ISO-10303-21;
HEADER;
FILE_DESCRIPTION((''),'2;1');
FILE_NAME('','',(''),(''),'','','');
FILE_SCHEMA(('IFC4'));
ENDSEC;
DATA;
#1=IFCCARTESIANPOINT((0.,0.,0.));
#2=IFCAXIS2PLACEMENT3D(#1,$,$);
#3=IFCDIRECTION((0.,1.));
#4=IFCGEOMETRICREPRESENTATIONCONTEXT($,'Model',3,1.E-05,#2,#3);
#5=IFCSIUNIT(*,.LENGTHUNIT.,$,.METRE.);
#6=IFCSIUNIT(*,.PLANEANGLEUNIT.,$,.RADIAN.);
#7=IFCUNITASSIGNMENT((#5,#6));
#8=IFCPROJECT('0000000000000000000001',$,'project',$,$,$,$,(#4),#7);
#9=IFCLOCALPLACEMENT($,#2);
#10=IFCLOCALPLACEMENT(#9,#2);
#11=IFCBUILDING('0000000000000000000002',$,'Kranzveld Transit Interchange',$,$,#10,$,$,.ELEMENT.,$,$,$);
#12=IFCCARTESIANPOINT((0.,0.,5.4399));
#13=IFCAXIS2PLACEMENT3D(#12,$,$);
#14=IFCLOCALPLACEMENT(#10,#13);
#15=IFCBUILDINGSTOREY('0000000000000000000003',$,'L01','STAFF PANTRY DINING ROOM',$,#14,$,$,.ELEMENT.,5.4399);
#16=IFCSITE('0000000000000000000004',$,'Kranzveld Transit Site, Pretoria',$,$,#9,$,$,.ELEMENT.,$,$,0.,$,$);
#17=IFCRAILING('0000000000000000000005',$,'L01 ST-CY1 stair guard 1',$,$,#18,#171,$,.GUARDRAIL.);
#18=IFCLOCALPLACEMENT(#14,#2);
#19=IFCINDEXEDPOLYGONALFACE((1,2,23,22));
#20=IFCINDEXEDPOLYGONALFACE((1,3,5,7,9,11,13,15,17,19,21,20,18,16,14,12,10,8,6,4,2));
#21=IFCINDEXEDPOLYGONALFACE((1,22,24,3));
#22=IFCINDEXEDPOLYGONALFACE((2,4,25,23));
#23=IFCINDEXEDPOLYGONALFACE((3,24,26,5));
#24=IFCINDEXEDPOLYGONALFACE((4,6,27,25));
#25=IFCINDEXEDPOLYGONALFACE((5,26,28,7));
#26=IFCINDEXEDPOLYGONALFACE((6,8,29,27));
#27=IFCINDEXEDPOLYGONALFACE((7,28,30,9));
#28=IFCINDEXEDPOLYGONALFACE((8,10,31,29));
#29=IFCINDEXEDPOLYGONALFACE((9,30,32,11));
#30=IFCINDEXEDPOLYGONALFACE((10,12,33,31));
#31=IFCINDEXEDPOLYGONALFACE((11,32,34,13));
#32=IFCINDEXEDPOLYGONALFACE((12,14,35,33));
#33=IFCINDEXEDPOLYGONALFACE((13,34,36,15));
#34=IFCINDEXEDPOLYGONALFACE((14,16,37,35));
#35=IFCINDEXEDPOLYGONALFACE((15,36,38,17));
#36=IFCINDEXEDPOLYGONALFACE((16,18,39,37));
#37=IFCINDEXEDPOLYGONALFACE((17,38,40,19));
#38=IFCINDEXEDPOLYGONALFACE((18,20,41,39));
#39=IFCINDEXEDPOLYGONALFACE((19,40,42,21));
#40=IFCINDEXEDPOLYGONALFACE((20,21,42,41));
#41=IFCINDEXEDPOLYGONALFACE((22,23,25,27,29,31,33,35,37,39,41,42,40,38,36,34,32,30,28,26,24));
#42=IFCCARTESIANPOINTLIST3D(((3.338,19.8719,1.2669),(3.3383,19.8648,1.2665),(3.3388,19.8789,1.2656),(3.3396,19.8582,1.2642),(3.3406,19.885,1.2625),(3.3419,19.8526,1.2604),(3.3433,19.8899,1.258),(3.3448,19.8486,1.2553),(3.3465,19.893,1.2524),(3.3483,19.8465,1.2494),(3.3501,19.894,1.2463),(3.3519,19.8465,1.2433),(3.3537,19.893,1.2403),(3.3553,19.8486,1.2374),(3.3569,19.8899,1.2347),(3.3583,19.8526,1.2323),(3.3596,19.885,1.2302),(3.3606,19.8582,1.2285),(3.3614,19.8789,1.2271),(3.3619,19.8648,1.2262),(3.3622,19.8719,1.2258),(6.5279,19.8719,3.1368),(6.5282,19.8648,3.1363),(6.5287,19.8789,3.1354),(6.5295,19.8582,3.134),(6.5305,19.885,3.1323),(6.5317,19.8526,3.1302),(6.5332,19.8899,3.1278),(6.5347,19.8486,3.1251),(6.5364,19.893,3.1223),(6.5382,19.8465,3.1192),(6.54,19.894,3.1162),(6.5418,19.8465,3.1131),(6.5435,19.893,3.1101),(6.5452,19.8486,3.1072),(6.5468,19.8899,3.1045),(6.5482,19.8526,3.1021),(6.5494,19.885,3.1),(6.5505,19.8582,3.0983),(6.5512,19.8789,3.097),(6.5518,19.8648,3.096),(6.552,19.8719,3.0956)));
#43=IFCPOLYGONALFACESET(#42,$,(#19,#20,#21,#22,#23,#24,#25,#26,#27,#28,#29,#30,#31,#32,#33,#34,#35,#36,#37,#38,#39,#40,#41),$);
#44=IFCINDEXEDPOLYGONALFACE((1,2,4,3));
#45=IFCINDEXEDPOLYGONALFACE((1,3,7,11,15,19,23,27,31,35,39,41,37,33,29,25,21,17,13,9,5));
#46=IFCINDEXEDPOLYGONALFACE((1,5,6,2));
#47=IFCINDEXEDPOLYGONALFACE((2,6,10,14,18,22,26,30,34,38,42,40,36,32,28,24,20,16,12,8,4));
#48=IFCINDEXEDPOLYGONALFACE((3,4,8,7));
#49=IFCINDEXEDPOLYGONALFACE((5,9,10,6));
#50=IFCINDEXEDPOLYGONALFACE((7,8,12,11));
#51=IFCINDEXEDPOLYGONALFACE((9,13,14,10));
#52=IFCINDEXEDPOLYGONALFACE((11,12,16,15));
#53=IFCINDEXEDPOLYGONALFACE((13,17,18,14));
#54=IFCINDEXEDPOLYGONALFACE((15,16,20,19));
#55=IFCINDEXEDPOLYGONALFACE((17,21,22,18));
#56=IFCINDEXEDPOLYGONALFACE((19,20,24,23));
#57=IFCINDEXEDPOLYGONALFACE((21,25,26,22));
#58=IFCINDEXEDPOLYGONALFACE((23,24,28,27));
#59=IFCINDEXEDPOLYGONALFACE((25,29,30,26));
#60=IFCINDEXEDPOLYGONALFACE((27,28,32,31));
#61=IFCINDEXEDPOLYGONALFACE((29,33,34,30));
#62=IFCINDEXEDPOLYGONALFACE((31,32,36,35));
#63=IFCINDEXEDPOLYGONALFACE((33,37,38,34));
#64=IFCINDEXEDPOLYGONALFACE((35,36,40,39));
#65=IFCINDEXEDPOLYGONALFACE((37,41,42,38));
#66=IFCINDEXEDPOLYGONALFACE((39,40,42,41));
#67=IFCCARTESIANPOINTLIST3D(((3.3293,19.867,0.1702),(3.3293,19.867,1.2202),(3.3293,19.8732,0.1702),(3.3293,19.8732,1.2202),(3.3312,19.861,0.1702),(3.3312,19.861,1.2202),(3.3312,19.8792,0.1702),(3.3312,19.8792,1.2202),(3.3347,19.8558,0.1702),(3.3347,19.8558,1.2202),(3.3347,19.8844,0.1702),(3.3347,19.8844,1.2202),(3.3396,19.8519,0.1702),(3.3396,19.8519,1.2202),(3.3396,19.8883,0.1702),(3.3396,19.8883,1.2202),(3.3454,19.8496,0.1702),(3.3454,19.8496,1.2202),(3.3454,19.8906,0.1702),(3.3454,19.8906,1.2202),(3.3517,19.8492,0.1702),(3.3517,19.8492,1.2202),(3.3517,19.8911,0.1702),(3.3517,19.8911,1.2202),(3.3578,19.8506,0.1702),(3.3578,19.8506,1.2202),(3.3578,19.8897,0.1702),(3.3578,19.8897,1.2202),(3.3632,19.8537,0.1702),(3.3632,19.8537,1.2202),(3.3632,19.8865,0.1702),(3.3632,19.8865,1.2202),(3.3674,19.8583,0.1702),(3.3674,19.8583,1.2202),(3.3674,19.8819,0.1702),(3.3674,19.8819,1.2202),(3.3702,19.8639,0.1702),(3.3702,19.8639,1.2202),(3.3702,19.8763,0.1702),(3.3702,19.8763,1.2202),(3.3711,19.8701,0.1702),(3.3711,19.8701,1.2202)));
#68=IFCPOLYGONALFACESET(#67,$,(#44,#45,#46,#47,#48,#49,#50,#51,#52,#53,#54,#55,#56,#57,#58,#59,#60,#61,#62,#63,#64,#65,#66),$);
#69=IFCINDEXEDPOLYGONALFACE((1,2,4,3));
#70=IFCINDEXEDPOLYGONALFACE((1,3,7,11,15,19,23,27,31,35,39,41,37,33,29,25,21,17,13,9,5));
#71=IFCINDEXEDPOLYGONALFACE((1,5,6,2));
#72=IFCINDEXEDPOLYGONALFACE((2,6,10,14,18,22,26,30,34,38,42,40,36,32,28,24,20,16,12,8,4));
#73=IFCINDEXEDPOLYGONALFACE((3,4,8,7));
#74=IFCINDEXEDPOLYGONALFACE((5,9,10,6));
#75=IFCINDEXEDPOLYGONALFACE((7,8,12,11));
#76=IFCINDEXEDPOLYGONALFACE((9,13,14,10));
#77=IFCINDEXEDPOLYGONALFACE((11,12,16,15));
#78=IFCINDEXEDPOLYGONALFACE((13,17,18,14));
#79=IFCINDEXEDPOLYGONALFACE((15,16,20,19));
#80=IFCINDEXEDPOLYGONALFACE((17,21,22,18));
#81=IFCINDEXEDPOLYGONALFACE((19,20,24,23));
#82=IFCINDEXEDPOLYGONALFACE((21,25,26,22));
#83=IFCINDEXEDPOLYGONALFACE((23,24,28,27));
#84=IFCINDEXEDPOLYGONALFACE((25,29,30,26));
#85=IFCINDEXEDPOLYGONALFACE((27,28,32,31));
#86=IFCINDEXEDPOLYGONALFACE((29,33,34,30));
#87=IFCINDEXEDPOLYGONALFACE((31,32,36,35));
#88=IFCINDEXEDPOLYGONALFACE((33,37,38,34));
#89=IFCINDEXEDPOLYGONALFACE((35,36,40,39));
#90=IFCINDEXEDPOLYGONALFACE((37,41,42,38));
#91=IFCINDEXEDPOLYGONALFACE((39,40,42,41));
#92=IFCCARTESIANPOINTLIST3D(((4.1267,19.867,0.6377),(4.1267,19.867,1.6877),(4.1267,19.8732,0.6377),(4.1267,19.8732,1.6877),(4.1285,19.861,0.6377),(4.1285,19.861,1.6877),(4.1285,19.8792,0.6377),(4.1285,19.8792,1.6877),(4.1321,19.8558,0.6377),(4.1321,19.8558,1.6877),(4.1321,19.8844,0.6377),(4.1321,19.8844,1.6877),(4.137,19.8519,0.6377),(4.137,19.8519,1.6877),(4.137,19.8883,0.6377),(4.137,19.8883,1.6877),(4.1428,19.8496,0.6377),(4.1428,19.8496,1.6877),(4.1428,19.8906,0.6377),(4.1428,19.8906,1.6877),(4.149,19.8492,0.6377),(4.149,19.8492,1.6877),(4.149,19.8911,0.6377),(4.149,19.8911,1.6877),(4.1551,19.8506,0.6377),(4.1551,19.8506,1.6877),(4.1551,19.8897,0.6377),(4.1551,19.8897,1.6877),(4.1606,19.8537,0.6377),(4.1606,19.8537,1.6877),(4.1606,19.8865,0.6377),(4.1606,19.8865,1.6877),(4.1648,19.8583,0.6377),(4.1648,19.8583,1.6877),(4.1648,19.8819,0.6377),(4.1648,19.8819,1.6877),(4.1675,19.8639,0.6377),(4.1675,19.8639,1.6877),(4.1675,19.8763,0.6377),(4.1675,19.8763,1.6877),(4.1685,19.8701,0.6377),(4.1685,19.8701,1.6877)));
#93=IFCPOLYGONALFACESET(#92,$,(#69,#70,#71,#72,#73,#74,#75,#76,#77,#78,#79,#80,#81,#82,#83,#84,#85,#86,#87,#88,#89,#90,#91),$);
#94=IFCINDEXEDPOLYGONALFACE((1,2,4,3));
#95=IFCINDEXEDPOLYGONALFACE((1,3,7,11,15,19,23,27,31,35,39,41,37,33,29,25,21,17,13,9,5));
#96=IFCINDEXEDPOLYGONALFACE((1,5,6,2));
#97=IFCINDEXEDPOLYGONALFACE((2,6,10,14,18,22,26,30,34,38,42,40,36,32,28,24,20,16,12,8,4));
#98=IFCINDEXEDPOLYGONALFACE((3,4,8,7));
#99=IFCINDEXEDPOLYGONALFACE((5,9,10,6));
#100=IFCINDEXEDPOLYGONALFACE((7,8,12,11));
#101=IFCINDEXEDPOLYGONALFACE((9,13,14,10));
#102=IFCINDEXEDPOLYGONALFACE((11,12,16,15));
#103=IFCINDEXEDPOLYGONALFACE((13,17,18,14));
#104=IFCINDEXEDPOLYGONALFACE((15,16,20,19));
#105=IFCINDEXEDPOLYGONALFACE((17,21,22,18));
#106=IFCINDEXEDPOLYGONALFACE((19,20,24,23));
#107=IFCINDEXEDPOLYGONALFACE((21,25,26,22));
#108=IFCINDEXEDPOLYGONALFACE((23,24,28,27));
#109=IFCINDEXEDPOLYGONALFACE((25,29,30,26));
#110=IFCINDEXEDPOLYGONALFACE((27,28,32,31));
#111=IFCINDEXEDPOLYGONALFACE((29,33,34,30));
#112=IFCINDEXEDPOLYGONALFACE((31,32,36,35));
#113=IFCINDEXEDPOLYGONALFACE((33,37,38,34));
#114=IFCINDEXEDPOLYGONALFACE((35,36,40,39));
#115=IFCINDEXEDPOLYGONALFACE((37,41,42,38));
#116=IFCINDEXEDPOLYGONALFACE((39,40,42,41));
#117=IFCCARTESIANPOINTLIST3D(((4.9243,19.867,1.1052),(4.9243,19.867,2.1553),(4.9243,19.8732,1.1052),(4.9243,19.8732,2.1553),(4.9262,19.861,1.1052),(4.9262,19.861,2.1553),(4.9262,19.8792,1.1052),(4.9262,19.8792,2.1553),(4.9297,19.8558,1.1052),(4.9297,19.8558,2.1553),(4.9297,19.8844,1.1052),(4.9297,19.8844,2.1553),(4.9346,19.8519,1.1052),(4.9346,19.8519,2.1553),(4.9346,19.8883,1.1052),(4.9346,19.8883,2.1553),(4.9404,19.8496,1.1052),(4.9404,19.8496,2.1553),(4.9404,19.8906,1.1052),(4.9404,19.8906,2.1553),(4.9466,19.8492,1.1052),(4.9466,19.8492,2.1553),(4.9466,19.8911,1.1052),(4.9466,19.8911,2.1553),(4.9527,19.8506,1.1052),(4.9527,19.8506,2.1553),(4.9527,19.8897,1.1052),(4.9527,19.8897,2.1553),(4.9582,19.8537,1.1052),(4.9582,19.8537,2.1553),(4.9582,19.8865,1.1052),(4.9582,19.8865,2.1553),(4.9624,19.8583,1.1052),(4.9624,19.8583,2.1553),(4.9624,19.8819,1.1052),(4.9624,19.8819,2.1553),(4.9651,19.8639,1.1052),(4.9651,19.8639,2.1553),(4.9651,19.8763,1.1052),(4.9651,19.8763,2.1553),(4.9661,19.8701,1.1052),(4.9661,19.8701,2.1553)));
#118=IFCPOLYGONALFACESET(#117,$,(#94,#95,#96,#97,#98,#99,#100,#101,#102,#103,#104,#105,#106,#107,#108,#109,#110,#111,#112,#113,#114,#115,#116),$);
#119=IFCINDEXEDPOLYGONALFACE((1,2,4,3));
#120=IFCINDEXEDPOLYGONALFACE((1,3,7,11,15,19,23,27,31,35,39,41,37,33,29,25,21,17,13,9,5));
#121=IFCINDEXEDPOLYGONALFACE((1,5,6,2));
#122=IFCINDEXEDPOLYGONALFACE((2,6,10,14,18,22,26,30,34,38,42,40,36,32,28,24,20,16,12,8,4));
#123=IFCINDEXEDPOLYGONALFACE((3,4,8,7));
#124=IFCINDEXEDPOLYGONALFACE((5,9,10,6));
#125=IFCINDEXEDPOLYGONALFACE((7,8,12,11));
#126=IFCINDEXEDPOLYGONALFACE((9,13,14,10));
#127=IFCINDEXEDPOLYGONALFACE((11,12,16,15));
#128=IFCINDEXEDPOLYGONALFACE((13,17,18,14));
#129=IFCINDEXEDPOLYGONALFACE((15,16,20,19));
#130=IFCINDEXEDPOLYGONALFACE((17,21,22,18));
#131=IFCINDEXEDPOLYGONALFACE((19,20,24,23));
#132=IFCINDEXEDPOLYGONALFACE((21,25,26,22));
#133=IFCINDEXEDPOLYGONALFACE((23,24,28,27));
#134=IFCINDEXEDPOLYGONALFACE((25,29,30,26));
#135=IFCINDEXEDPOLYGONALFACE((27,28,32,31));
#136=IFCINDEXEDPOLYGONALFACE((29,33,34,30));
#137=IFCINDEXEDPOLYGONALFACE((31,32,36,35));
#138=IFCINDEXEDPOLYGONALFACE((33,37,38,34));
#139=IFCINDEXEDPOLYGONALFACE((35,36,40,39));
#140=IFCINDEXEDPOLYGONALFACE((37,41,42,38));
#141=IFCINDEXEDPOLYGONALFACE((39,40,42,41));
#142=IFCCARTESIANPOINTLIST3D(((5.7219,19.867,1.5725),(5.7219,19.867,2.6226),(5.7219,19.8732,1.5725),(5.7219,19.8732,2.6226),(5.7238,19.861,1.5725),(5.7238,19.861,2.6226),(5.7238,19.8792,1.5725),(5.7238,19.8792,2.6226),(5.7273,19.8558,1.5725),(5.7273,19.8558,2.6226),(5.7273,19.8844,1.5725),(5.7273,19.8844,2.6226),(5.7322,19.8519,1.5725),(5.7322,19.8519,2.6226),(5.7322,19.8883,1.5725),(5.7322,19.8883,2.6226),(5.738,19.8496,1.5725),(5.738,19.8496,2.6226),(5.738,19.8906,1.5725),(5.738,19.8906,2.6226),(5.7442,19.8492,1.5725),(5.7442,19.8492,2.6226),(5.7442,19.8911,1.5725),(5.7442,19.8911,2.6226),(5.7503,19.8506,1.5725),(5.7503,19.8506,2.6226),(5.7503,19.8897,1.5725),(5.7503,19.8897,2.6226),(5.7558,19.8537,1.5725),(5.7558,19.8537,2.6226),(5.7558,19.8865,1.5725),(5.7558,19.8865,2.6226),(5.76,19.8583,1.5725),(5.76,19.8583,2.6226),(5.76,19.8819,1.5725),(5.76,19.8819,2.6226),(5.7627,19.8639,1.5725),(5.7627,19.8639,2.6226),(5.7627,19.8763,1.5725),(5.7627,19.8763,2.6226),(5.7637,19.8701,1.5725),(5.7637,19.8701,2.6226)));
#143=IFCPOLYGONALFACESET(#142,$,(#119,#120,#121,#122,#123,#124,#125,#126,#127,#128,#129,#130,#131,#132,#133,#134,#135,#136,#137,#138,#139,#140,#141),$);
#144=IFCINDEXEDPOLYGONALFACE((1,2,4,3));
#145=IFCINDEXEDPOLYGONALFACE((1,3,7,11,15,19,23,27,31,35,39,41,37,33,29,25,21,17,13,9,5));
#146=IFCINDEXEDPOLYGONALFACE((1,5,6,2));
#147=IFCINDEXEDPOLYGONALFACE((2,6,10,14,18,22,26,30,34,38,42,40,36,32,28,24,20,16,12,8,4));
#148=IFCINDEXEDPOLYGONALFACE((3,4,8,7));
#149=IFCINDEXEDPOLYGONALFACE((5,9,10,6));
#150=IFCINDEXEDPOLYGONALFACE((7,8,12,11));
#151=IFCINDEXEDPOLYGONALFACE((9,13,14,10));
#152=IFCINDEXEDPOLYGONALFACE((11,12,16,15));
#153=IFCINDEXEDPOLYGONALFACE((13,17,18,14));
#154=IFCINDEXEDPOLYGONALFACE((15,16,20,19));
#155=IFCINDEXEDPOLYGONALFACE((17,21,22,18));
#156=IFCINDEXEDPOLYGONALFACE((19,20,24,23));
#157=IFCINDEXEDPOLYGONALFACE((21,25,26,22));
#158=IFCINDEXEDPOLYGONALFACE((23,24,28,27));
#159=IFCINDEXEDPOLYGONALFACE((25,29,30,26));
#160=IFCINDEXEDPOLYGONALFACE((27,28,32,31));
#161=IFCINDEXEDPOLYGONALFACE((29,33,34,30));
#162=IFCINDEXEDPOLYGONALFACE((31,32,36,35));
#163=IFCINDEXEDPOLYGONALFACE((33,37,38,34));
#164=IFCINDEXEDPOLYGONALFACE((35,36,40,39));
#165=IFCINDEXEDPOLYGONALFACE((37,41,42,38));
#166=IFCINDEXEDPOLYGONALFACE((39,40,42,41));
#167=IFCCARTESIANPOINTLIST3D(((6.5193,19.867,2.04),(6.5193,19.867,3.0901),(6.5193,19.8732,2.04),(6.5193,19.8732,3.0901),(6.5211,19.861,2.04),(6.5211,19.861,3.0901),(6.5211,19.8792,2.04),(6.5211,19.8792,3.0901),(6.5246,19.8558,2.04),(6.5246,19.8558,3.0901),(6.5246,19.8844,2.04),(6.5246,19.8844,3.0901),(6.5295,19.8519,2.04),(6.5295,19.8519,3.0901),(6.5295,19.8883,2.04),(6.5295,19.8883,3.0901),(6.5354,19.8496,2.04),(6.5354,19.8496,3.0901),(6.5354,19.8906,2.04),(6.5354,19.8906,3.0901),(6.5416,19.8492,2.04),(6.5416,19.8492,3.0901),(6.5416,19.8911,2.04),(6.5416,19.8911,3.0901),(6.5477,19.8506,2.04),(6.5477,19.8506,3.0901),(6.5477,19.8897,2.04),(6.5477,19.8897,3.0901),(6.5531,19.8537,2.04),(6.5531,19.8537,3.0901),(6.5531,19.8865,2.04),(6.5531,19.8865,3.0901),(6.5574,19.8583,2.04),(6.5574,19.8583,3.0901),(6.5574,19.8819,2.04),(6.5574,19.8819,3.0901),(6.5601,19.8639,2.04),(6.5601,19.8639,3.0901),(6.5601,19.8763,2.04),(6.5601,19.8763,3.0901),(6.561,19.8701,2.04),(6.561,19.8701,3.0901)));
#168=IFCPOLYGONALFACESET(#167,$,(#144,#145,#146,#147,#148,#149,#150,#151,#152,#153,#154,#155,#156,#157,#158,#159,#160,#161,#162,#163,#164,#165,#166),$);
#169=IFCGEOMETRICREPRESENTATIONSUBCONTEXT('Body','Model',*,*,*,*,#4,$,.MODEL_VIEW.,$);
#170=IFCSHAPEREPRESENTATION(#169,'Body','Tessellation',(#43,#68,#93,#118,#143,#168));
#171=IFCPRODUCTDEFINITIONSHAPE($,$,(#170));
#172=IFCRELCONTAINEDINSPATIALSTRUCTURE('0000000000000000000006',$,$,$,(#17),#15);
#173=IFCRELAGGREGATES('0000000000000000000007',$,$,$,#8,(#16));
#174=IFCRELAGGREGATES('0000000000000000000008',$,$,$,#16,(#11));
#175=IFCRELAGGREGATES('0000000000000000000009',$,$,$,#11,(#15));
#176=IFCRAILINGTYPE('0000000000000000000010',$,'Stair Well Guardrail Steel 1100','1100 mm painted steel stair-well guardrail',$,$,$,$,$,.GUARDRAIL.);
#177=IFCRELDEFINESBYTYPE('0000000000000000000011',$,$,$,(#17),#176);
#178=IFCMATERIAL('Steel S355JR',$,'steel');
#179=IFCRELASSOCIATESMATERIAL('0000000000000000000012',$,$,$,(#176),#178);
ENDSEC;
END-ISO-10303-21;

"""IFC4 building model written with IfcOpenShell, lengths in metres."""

from ifc_helpers import new_model, si_unit, direction, frame, origin, origin_2d, place, context, subcontext, project, spatial, circle, extrude, material, type_object, element, save


model = new_model("IFC4")

# Units and contexts
model_context = context("Model", 3, precision=1e-05, world=origin(), true_north=direction((0.0, 1.0)))
body_context = subcontext(model_context, "Body", "Model", "MODEL_VIEW")
ifc_project = project(units=[si_unit("LENGTHUNIT", "METRE"), si_unit("PLANEANGLEUNIT", "RADIAN")], contexts=[model_context])

# Site, building, storey
site_placement = place(None, origin())
site = spatial("IfcSite", under=ifc_project, at=site_placement, Name="Kranzveld Transit Site, Pretoria", CompositionType="ELEMENT", RefElevation=0.0)
building_placement = place(site_placement, origin())
building = spatial("IfcBuilding", under=site, at=building_placement, Name="Kranzveld Transit Interchange", CompositionType="ELEMENT")
storey_placement = place(building_placement, frame((0.0, 0.0, 5.4399)))
storey = spatial("IfcBuildingStorey", under=building, at=storey_placement, Name="L01", Description="STAFF PANTRY DINING ROOM", CompositionType="ELEMENT", Elevation=5.4399)

# Railing
ifc_material_1 = material(Name="Steel S355JR", Category="steel")
railing_type_1 = type_object("IfcRailingType", Name="Stair Well Guardrail Steel 1100", Description="1100 mm painted steel stair-well guardrail", PredefinedType="GUARDRAIL", material=ifc_material_1)
railing_1_placement = place(storey_placement, frame((3.3501, 19.8701, 0.1702)))
element("IfcRailing", 1, at=railing_1_placement, inside=storey, type_object=railing_type_1, Name="L01 ST-CY1 stair guard 1", PredefinedType="GUARDRAIL", context=body_context, shape_type="SweptSolid", body=[
    extrude(circle(Radius=0.0239, at=origin_2d()), frame((0.0, 0.0, 1.0762), z_axis=(0.862709, 0.0, 0.505701), x_axis=(0.0, 1.0, 0.0)), (0.0, 0.0, 1.0), 3.6975),
    extrude(circle(Radius=0.021, at=origin_2d()), origin(), (0.0, 0.0, 1.0), 1.05),
    extrude(circle(Radius=0.021, at=origin_2d()), frame((0.7974, 0.0, 0.4675)), (0.0, 0.0, 1.0), 1.05),
    extrude(circle(Radius=0.021, at=origin_2d()), frame((1.595, 0.0, 0.9351)), (0.0, 0.0, 1.0), 1.05),
    extrude(circle(Radius=0.021, at=origin_2d()), frame((2.3926, 0.0, 1.4023)), (0.0, 0.0, 1.0), 1.05),
    extrude(circle(Radius=0.021, at=origin_2d()), frame((3.1899, 0.0, 1.8699)), (0.0, 0.0, 1.0), 1.05),
])

save(model, "model.ifc")
